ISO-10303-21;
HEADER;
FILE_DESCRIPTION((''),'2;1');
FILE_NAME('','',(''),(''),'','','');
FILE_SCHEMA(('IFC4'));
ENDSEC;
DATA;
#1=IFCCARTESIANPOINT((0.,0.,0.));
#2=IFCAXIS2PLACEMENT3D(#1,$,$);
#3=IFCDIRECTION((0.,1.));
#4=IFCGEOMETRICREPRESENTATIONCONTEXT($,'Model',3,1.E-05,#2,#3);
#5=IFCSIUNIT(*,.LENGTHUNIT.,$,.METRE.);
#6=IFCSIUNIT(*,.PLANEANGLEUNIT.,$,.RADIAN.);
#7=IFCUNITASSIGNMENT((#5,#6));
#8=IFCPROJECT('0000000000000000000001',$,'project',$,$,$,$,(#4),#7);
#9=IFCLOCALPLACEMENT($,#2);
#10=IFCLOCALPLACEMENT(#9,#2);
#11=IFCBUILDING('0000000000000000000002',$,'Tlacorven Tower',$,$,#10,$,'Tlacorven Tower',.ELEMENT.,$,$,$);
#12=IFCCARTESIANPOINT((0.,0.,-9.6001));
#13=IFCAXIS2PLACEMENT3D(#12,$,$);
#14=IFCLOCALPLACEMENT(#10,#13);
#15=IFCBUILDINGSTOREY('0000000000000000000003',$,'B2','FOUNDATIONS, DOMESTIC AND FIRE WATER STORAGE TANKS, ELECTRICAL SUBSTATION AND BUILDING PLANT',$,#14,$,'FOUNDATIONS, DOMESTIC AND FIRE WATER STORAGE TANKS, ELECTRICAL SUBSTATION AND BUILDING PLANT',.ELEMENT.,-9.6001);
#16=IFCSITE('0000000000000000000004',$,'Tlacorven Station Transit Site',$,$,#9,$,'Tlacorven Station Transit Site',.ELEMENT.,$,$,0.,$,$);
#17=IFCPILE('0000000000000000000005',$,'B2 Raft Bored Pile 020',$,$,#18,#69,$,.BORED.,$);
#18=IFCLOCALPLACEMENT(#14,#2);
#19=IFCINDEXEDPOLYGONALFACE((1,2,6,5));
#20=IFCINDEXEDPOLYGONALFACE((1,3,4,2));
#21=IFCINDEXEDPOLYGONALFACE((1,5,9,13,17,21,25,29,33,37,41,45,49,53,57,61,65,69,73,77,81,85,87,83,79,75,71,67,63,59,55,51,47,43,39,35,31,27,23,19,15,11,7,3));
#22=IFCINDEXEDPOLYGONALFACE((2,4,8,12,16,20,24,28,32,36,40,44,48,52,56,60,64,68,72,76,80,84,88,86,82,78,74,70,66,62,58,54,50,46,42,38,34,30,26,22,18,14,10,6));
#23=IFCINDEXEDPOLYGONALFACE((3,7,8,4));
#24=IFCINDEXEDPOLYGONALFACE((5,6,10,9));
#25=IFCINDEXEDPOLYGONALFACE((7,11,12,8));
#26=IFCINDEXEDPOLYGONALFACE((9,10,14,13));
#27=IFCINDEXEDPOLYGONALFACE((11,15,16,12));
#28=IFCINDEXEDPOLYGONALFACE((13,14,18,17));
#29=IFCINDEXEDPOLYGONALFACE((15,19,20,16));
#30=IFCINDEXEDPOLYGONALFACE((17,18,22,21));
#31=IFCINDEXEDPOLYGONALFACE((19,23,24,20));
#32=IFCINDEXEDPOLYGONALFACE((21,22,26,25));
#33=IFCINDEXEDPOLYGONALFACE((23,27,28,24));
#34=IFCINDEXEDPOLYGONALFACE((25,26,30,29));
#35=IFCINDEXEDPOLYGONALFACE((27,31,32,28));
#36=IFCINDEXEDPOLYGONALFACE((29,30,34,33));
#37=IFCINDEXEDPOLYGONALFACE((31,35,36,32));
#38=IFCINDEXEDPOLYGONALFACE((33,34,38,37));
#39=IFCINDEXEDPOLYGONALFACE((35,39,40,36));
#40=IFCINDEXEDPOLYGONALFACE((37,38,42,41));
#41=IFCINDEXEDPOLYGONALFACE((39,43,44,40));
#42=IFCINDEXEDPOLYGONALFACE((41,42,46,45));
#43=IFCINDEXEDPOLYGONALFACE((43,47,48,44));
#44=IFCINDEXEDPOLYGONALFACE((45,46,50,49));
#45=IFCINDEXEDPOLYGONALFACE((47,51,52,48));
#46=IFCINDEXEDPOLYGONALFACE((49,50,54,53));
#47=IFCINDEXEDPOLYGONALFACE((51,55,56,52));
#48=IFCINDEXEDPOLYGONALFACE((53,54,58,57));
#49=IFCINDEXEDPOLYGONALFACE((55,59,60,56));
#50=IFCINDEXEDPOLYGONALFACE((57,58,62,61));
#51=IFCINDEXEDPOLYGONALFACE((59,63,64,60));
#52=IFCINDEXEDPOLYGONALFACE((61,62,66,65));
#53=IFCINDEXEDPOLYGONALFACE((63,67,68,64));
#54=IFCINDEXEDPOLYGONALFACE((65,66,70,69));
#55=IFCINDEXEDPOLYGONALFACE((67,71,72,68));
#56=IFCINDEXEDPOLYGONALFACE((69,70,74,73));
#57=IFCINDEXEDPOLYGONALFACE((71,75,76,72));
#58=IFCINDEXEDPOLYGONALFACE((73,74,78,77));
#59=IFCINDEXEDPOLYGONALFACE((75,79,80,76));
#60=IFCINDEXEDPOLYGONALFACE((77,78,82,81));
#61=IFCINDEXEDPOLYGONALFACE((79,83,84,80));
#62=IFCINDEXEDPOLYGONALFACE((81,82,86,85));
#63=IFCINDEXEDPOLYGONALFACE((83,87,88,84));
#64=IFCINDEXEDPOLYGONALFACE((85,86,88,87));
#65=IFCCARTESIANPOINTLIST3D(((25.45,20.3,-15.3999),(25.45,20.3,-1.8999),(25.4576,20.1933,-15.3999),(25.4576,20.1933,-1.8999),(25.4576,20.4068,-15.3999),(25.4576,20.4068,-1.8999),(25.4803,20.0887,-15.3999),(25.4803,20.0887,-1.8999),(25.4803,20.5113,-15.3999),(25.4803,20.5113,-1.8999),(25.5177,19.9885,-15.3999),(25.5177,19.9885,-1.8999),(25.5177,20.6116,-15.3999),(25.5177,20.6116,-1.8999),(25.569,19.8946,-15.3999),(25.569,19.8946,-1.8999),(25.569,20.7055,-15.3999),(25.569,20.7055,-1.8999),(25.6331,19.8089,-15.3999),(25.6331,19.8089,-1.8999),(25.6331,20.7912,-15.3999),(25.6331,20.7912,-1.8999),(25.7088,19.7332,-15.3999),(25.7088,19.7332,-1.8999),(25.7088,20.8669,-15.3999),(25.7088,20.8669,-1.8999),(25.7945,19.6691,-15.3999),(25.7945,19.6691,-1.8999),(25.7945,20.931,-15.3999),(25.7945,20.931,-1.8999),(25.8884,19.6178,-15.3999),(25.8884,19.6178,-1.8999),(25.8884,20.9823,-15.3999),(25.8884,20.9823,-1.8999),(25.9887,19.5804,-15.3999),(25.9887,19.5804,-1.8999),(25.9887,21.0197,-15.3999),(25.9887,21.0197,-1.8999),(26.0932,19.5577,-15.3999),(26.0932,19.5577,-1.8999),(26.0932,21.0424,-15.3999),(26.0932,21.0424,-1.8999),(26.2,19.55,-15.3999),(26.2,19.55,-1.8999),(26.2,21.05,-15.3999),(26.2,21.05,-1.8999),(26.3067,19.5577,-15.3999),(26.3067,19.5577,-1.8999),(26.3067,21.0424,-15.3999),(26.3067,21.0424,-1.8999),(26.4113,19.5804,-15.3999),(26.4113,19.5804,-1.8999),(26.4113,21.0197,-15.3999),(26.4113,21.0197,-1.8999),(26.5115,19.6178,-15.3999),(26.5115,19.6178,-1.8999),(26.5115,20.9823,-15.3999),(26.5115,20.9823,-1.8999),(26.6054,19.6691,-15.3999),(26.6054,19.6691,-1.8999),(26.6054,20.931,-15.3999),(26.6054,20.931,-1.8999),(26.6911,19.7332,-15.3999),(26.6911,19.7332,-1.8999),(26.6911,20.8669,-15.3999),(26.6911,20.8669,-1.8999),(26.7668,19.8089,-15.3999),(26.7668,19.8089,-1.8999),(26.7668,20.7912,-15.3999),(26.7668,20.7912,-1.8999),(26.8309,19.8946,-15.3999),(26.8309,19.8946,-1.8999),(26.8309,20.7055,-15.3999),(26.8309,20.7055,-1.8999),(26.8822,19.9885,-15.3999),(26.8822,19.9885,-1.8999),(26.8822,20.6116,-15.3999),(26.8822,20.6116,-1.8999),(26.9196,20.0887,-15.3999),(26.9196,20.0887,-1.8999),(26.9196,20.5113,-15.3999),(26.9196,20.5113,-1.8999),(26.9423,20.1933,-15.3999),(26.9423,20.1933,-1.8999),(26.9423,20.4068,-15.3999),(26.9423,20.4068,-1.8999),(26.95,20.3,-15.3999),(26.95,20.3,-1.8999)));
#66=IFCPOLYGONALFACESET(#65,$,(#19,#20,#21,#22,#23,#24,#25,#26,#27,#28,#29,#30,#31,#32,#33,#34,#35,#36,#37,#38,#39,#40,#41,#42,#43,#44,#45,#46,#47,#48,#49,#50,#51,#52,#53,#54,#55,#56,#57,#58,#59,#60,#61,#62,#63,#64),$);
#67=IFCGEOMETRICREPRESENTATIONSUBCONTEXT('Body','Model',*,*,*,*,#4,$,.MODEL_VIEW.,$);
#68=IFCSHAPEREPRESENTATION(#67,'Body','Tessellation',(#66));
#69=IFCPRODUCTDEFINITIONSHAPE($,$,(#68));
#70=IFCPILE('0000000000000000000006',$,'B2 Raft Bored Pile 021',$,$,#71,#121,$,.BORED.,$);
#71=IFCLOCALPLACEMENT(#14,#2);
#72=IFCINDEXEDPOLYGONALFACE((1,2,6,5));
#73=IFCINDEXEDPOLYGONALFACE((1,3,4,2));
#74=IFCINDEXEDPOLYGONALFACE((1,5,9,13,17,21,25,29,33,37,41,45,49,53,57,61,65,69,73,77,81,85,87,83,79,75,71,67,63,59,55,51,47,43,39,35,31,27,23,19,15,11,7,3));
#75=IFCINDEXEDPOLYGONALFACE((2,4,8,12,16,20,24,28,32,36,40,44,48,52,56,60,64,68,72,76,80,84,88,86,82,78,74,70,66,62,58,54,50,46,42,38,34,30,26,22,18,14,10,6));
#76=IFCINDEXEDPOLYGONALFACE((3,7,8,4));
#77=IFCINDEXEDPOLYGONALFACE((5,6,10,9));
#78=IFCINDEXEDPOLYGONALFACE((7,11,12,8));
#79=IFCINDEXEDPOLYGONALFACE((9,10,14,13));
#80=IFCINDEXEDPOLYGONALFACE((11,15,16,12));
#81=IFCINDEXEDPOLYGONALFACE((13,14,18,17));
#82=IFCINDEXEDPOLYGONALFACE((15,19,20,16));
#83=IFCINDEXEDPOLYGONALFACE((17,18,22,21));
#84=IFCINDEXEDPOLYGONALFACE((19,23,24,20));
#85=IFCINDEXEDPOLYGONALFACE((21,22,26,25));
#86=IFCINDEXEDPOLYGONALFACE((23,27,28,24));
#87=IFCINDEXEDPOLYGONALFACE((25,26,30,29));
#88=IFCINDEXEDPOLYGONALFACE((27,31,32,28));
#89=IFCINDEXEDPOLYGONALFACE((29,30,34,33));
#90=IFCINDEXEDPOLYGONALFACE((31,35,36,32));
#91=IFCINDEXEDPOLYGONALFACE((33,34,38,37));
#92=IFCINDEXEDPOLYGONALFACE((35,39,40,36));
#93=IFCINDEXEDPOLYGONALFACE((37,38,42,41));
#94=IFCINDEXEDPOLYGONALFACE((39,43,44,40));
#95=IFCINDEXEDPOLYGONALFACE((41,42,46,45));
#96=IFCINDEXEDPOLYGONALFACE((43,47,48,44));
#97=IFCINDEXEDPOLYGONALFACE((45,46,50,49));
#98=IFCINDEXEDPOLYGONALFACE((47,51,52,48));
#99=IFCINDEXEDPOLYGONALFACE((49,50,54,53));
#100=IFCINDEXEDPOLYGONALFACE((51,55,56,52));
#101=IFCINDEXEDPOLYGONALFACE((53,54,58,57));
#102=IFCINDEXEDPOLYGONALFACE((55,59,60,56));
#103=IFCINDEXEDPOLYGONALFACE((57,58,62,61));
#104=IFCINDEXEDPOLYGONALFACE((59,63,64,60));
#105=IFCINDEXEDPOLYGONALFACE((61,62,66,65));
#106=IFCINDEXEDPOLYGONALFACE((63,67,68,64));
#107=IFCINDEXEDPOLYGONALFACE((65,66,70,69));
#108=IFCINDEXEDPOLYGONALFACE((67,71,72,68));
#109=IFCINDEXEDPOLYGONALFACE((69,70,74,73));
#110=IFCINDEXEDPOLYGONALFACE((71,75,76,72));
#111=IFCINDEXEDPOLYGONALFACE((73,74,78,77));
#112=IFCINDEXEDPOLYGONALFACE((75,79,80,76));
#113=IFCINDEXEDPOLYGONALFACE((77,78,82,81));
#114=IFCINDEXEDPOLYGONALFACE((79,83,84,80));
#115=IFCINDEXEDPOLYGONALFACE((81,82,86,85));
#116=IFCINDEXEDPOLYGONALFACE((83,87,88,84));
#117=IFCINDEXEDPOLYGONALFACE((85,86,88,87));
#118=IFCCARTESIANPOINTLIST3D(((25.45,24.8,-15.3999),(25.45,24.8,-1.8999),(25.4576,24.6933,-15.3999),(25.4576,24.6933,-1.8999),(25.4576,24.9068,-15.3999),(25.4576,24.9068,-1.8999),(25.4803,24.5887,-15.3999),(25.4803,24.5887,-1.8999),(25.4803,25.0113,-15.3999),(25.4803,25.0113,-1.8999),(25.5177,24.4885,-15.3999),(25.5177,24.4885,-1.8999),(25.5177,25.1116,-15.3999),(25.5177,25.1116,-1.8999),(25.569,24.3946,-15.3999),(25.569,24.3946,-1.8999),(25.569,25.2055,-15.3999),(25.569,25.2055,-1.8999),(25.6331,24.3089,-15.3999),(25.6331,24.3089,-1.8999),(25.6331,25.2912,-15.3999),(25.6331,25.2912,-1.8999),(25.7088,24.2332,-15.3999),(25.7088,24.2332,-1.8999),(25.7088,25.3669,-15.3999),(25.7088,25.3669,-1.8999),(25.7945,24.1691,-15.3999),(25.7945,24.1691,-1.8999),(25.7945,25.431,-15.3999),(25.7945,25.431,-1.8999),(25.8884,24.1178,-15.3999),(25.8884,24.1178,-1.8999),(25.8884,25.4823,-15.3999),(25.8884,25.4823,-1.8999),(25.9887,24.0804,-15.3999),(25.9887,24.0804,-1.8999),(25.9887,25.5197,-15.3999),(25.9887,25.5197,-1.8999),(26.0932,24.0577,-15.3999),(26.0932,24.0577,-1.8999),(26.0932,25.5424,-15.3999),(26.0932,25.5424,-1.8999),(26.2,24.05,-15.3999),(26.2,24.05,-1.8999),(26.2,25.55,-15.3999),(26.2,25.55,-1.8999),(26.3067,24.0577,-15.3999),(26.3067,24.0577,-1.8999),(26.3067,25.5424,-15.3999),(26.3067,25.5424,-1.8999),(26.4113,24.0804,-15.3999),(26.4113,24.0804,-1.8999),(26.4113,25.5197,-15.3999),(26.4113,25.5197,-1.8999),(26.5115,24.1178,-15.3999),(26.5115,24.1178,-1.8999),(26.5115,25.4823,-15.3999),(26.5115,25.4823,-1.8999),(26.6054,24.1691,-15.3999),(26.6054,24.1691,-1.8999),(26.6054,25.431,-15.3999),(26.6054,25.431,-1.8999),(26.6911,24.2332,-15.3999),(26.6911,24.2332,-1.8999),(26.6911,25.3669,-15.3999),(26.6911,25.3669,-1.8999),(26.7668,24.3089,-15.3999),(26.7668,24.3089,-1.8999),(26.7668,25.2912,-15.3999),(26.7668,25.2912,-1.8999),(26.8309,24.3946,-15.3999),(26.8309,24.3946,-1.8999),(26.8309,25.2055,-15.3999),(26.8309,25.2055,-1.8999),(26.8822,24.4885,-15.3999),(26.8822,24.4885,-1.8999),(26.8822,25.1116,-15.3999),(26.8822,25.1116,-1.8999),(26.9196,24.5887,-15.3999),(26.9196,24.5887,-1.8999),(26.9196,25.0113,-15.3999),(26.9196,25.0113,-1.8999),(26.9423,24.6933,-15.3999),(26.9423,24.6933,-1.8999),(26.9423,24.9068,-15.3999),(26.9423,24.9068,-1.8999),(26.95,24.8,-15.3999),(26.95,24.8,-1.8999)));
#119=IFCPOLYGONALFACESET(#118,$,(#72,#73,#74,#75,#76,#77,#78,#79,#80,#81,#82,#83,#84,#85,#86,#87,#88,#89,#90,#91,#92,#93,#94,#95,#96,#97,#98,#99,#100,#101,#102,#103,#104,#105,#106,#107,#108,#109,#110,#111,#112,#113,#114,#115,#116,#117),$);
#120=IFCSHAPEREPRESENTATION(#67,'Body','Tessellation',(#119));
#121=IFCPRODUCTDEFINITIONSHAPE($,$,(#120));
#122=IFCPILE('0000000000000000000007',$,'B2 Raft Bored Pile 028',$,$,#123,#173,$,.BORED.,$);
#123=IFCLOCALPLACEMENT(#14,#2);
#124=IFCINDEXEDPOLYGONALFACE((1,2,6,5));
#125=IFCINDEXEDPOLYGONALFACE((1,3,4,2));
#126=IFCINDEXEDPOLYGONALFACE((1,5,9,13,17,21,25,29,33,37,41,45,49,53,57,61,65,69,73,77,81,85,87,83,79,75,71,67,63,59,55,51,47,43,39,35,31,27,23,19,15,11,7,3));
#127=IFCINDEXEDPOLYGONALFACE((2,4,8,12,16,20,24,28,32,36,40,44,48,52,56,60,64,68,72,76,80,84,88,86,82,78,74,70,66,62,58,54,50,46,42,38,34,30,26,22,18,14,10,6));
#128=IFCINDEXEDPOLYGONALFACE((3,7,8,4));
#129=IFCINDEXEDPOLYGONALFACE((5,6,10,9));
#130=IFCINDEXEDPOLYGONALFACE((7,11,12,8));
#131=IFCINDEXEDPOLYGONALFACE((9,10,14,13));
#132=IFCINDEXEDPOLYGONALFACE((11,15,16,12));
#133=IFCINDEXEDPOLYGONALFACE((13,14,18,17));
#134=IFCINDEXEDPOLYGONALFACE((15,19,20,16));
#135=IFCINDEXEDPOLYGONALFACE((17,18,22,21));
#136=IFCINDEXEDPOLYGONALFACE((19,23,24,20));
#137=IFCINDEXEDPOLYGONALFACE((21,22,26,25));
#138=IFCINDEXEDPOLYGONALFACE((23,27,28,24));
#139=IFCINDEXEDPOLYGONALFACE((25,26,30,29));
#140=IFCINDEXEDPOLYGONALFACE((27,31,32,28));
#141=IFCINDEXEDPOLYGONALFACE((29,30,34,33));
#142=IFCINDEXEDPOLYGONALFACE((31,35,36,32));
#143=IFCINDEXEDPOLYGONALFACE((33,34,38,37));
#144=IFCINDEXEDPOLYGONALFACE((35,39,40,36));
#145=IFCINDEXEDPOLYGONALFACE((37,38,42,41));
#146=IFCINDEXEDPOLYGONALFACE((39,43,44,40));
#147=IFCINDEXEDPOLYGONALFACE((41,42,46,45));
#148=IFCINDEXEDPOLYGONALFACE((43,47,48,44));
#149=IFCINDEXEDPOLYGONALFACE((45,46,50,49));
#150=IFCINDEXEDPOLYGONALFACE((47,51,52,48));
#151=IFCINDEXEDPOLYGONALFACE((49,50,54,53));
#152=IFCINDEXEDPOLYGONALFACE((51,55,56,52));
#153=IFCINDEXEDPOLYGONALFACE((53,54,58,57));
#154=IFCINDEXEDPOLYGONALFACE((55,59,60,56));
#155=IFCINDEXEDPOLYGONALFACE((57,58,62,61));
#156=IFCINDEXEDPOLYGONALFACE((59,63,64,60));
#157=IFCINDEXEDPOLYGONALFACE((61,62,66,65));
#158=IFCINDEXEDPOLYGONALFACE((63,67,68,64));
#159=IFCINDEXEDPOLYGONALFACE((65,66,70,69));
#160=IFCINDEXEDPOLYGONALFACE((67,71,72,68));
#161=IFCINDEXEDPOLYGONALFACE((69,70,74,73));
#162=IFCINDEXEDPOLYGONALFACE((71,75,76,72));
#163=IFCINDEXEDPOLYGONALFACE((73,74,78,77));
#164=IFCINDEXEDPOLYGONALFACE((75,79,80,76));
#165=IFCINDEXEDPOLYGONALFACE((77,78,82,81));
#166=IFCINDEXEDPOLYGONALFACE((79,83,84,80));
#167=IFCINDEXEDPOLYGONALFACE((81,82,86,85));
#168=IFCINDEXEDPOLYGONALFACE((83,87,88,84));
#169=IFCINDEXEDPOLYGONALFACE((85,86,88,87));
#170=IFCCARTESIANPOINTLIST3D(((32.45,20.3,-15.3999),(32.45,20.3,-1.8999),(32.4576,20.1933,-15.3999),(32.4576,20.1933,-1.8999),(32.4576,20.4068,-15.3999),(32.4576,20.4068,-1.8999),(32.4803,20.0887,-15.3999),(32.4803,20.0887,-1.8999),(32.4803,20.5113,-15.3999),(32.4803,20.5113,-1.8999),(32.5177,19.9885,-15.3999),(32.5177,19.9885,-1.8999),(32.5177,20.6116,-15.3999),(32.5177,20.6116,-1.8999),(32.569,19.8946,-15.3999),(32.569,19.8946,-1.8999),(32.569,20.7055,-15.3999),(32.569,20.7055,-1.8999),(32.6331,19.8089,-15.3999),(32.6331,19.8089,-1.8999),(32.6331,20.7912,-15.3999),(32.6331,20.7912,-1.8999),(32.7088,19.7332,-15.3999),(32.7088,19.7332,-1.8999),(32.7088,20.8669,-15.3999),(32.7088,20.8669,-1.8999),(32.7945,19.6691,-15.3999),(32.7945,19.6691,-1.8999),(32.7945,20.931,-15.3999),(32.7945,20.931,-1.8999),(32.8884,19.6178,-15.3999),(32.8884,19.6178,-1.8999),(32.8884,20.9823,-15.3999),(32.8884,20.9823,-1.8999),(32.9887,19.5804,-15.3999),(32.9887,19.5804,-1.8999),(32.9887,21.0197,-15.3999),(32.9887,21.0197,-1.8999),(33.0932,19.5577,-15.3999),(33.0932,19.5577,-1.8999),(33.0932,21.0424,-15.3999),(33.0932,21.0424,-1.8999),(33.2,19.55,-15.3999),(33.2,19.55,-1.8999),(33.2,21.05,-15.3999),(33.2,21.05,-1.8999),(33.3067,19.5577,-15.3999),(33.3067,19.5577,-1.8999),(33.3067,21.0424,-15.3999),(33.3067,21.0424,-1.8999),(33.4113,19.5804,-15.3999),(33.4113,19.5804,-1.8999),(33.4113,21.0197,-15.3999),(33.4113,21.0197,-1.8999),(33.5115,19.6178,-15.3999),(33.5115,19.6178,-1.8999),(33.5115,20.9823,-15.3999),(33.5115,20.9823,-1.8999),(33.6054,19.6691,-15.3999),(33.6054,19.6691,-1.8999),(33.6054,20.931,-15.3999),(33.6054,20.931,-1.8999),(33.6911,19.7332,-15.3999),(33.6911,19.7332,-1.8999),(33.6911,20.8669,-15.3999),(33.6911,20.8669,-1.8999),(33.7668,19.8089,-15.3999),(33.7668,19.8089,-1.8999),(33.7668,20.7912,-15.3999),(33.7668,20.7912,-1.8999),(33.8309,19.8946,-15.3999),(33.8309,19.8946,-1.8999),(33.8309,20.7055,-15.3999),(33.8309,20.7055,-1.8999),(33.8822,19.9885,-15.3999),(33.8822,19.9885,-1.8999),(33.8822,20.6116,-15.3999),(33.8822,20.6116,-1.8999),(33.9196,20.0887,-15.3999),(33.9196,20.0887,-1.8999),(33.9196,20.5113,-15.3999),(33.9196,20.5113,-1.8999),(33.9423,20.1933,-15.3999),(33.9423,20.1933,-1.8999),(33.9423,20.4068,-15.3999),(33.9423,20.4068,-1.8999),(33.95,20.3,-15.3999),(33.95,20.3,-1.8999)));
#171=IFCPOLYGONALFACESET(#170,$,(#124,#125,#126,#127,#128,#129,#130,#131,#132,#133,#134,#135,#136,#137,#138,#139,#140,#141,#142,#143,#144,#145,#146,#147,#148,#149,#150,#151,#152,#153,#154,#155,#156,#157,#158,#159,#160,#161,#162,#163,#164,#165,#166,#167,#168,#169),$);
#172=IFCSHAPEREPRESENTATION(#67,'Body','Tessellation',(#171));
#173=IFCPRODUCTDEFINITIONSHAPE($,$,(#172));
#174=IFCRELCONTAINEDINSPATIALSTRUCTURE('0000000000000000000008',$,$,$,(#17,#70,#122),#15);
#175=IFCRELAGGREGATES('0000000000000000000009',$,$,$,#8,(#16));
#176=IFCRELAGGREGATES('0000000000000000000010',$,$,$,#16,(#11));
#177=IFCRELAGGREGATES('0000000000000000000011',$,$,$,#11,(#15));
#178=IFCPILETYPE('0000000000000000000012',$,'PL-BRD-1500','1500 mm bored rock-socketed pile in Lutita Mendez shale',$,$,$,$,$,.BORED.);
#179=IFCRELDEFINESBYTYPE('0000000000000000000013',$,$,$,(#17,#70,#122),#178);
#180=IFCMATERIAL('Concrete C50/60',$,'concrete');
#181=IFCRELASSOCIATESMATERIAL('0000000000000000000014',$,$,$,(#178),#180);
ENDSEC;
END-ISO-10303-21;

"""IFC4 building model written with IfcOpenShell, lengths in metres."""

from ifc_helpers import new_model, si_unit, direction, frame, origin, origin_2d, place, context, subcontext, project, spatial, circle, extrude, source, transform, mapped, material, material_profile, profile_set, type_object, element, save


model = new_model("IFC4")

# Units and contexts
model_context = context("Model", 3, precision=1e-05, world=origin(), true_north=direction((0.0, 1.0)))
body_context = subcontext(model_context, "Body", "Model", "MODEL_VIEW")
ifc_project = project(units=[si_unit("LENGTHUNIT", "METRE"), si_unit("PLANEANGLEUNIT", "RADIAN")], contexts=[model_context])

# Site, building, storey
site_placement = place(None, origin())
site = spatial("IfcSite", under=ifc_project, at=site_placement, Name="Tlacorven Station Transit Site", LongName="Tlacorven Station Transit Site", CompositionType="ELEMENT", RefElevation=0.0)
building_placement = place(site_placement, origin())
building = spatial("IfcBuilding", under=site, at=building_placement, Name="Tlacorven Tower", LongName="Tlacorven Tower", CompositionType="ELEMENT")
storey_placement = place(building_placement, frame((0.0, 0.0, -9.6001)))
storey = spatial("IfcBuildingStorey", under=building, at=storey_placement, Name="B2", Description="FOUNDATIONS, DOMESTIC AND FIRE WATER STORAGE TANKS, ELECTRICAL SUBSTATION AND BUILDING PLANT", LongName="FOUNDATIONS, DOMESTIC AND FIRE WATER STORAGE TANKS, ELECTRICAL SUBSTATION AND BUILDING PLANT", CompositionType="ELEMENT", Elevation=-9.6001)

# Piles
ifc_material_1 = material(Name="Concrete C50/60", Category="concrete")
ifc_material_profile = material_profile(ifc_material_1, circle(Radius=0.75, at=origin_2d()), Name="BORED PILE D1500")
ifc_profile_set = profile_set([ifc_material_profile], Name="Concrete C50/60")
pile_type = type_object("IfcPileType", Name="PL-BRD-1500", Description="1500 mm bored rock-socketed pile in Lutita Mendez shale", PredefinedType="BORED", material=ifc_profile_set)
shared_shape_1 = source(origin(), body_context, "Body", "SweptSolid", [
    extrude(circle(Radius=0.75, at=origin_2d()), origin(), (0.0, 0.0, 1.0), 13.5),
])
for number, where, z_axis, x_axis, name in (
    (1, (26.2, 20.3, -1.8999), (0.0, 0.0, -1.0), (1.0, 0.0, 0.0), "B2 Raft Bored Pile 020"),
    (2, (26.2, 24.8, -1.8999), (0.0, 0.0, -1.0), (1.0, 0.0, 0.0), "B2 Raft Bored Pile 021"),
    (3, (33.2, 20.3, -1.8999), (0.0, 0.0, -1.0), (1.0, 0.0, 0.0), "B2 Raft Bored Pile 028"),
):
    element("IfcPile", number, at=place(storey_placement, frame(where, z_axis=z_axis, x_axis=x_axis)), inside=storey, type_object=pile_type, Name=name, PredefinedType="BORED", context=body_context, shape_type="MappedRepresentation", body=[
        mapped(shared_shape_1, transform((0.0, 0.0, 0.0), scale=1.0)),
    ])

save(model, "model.ifc")
